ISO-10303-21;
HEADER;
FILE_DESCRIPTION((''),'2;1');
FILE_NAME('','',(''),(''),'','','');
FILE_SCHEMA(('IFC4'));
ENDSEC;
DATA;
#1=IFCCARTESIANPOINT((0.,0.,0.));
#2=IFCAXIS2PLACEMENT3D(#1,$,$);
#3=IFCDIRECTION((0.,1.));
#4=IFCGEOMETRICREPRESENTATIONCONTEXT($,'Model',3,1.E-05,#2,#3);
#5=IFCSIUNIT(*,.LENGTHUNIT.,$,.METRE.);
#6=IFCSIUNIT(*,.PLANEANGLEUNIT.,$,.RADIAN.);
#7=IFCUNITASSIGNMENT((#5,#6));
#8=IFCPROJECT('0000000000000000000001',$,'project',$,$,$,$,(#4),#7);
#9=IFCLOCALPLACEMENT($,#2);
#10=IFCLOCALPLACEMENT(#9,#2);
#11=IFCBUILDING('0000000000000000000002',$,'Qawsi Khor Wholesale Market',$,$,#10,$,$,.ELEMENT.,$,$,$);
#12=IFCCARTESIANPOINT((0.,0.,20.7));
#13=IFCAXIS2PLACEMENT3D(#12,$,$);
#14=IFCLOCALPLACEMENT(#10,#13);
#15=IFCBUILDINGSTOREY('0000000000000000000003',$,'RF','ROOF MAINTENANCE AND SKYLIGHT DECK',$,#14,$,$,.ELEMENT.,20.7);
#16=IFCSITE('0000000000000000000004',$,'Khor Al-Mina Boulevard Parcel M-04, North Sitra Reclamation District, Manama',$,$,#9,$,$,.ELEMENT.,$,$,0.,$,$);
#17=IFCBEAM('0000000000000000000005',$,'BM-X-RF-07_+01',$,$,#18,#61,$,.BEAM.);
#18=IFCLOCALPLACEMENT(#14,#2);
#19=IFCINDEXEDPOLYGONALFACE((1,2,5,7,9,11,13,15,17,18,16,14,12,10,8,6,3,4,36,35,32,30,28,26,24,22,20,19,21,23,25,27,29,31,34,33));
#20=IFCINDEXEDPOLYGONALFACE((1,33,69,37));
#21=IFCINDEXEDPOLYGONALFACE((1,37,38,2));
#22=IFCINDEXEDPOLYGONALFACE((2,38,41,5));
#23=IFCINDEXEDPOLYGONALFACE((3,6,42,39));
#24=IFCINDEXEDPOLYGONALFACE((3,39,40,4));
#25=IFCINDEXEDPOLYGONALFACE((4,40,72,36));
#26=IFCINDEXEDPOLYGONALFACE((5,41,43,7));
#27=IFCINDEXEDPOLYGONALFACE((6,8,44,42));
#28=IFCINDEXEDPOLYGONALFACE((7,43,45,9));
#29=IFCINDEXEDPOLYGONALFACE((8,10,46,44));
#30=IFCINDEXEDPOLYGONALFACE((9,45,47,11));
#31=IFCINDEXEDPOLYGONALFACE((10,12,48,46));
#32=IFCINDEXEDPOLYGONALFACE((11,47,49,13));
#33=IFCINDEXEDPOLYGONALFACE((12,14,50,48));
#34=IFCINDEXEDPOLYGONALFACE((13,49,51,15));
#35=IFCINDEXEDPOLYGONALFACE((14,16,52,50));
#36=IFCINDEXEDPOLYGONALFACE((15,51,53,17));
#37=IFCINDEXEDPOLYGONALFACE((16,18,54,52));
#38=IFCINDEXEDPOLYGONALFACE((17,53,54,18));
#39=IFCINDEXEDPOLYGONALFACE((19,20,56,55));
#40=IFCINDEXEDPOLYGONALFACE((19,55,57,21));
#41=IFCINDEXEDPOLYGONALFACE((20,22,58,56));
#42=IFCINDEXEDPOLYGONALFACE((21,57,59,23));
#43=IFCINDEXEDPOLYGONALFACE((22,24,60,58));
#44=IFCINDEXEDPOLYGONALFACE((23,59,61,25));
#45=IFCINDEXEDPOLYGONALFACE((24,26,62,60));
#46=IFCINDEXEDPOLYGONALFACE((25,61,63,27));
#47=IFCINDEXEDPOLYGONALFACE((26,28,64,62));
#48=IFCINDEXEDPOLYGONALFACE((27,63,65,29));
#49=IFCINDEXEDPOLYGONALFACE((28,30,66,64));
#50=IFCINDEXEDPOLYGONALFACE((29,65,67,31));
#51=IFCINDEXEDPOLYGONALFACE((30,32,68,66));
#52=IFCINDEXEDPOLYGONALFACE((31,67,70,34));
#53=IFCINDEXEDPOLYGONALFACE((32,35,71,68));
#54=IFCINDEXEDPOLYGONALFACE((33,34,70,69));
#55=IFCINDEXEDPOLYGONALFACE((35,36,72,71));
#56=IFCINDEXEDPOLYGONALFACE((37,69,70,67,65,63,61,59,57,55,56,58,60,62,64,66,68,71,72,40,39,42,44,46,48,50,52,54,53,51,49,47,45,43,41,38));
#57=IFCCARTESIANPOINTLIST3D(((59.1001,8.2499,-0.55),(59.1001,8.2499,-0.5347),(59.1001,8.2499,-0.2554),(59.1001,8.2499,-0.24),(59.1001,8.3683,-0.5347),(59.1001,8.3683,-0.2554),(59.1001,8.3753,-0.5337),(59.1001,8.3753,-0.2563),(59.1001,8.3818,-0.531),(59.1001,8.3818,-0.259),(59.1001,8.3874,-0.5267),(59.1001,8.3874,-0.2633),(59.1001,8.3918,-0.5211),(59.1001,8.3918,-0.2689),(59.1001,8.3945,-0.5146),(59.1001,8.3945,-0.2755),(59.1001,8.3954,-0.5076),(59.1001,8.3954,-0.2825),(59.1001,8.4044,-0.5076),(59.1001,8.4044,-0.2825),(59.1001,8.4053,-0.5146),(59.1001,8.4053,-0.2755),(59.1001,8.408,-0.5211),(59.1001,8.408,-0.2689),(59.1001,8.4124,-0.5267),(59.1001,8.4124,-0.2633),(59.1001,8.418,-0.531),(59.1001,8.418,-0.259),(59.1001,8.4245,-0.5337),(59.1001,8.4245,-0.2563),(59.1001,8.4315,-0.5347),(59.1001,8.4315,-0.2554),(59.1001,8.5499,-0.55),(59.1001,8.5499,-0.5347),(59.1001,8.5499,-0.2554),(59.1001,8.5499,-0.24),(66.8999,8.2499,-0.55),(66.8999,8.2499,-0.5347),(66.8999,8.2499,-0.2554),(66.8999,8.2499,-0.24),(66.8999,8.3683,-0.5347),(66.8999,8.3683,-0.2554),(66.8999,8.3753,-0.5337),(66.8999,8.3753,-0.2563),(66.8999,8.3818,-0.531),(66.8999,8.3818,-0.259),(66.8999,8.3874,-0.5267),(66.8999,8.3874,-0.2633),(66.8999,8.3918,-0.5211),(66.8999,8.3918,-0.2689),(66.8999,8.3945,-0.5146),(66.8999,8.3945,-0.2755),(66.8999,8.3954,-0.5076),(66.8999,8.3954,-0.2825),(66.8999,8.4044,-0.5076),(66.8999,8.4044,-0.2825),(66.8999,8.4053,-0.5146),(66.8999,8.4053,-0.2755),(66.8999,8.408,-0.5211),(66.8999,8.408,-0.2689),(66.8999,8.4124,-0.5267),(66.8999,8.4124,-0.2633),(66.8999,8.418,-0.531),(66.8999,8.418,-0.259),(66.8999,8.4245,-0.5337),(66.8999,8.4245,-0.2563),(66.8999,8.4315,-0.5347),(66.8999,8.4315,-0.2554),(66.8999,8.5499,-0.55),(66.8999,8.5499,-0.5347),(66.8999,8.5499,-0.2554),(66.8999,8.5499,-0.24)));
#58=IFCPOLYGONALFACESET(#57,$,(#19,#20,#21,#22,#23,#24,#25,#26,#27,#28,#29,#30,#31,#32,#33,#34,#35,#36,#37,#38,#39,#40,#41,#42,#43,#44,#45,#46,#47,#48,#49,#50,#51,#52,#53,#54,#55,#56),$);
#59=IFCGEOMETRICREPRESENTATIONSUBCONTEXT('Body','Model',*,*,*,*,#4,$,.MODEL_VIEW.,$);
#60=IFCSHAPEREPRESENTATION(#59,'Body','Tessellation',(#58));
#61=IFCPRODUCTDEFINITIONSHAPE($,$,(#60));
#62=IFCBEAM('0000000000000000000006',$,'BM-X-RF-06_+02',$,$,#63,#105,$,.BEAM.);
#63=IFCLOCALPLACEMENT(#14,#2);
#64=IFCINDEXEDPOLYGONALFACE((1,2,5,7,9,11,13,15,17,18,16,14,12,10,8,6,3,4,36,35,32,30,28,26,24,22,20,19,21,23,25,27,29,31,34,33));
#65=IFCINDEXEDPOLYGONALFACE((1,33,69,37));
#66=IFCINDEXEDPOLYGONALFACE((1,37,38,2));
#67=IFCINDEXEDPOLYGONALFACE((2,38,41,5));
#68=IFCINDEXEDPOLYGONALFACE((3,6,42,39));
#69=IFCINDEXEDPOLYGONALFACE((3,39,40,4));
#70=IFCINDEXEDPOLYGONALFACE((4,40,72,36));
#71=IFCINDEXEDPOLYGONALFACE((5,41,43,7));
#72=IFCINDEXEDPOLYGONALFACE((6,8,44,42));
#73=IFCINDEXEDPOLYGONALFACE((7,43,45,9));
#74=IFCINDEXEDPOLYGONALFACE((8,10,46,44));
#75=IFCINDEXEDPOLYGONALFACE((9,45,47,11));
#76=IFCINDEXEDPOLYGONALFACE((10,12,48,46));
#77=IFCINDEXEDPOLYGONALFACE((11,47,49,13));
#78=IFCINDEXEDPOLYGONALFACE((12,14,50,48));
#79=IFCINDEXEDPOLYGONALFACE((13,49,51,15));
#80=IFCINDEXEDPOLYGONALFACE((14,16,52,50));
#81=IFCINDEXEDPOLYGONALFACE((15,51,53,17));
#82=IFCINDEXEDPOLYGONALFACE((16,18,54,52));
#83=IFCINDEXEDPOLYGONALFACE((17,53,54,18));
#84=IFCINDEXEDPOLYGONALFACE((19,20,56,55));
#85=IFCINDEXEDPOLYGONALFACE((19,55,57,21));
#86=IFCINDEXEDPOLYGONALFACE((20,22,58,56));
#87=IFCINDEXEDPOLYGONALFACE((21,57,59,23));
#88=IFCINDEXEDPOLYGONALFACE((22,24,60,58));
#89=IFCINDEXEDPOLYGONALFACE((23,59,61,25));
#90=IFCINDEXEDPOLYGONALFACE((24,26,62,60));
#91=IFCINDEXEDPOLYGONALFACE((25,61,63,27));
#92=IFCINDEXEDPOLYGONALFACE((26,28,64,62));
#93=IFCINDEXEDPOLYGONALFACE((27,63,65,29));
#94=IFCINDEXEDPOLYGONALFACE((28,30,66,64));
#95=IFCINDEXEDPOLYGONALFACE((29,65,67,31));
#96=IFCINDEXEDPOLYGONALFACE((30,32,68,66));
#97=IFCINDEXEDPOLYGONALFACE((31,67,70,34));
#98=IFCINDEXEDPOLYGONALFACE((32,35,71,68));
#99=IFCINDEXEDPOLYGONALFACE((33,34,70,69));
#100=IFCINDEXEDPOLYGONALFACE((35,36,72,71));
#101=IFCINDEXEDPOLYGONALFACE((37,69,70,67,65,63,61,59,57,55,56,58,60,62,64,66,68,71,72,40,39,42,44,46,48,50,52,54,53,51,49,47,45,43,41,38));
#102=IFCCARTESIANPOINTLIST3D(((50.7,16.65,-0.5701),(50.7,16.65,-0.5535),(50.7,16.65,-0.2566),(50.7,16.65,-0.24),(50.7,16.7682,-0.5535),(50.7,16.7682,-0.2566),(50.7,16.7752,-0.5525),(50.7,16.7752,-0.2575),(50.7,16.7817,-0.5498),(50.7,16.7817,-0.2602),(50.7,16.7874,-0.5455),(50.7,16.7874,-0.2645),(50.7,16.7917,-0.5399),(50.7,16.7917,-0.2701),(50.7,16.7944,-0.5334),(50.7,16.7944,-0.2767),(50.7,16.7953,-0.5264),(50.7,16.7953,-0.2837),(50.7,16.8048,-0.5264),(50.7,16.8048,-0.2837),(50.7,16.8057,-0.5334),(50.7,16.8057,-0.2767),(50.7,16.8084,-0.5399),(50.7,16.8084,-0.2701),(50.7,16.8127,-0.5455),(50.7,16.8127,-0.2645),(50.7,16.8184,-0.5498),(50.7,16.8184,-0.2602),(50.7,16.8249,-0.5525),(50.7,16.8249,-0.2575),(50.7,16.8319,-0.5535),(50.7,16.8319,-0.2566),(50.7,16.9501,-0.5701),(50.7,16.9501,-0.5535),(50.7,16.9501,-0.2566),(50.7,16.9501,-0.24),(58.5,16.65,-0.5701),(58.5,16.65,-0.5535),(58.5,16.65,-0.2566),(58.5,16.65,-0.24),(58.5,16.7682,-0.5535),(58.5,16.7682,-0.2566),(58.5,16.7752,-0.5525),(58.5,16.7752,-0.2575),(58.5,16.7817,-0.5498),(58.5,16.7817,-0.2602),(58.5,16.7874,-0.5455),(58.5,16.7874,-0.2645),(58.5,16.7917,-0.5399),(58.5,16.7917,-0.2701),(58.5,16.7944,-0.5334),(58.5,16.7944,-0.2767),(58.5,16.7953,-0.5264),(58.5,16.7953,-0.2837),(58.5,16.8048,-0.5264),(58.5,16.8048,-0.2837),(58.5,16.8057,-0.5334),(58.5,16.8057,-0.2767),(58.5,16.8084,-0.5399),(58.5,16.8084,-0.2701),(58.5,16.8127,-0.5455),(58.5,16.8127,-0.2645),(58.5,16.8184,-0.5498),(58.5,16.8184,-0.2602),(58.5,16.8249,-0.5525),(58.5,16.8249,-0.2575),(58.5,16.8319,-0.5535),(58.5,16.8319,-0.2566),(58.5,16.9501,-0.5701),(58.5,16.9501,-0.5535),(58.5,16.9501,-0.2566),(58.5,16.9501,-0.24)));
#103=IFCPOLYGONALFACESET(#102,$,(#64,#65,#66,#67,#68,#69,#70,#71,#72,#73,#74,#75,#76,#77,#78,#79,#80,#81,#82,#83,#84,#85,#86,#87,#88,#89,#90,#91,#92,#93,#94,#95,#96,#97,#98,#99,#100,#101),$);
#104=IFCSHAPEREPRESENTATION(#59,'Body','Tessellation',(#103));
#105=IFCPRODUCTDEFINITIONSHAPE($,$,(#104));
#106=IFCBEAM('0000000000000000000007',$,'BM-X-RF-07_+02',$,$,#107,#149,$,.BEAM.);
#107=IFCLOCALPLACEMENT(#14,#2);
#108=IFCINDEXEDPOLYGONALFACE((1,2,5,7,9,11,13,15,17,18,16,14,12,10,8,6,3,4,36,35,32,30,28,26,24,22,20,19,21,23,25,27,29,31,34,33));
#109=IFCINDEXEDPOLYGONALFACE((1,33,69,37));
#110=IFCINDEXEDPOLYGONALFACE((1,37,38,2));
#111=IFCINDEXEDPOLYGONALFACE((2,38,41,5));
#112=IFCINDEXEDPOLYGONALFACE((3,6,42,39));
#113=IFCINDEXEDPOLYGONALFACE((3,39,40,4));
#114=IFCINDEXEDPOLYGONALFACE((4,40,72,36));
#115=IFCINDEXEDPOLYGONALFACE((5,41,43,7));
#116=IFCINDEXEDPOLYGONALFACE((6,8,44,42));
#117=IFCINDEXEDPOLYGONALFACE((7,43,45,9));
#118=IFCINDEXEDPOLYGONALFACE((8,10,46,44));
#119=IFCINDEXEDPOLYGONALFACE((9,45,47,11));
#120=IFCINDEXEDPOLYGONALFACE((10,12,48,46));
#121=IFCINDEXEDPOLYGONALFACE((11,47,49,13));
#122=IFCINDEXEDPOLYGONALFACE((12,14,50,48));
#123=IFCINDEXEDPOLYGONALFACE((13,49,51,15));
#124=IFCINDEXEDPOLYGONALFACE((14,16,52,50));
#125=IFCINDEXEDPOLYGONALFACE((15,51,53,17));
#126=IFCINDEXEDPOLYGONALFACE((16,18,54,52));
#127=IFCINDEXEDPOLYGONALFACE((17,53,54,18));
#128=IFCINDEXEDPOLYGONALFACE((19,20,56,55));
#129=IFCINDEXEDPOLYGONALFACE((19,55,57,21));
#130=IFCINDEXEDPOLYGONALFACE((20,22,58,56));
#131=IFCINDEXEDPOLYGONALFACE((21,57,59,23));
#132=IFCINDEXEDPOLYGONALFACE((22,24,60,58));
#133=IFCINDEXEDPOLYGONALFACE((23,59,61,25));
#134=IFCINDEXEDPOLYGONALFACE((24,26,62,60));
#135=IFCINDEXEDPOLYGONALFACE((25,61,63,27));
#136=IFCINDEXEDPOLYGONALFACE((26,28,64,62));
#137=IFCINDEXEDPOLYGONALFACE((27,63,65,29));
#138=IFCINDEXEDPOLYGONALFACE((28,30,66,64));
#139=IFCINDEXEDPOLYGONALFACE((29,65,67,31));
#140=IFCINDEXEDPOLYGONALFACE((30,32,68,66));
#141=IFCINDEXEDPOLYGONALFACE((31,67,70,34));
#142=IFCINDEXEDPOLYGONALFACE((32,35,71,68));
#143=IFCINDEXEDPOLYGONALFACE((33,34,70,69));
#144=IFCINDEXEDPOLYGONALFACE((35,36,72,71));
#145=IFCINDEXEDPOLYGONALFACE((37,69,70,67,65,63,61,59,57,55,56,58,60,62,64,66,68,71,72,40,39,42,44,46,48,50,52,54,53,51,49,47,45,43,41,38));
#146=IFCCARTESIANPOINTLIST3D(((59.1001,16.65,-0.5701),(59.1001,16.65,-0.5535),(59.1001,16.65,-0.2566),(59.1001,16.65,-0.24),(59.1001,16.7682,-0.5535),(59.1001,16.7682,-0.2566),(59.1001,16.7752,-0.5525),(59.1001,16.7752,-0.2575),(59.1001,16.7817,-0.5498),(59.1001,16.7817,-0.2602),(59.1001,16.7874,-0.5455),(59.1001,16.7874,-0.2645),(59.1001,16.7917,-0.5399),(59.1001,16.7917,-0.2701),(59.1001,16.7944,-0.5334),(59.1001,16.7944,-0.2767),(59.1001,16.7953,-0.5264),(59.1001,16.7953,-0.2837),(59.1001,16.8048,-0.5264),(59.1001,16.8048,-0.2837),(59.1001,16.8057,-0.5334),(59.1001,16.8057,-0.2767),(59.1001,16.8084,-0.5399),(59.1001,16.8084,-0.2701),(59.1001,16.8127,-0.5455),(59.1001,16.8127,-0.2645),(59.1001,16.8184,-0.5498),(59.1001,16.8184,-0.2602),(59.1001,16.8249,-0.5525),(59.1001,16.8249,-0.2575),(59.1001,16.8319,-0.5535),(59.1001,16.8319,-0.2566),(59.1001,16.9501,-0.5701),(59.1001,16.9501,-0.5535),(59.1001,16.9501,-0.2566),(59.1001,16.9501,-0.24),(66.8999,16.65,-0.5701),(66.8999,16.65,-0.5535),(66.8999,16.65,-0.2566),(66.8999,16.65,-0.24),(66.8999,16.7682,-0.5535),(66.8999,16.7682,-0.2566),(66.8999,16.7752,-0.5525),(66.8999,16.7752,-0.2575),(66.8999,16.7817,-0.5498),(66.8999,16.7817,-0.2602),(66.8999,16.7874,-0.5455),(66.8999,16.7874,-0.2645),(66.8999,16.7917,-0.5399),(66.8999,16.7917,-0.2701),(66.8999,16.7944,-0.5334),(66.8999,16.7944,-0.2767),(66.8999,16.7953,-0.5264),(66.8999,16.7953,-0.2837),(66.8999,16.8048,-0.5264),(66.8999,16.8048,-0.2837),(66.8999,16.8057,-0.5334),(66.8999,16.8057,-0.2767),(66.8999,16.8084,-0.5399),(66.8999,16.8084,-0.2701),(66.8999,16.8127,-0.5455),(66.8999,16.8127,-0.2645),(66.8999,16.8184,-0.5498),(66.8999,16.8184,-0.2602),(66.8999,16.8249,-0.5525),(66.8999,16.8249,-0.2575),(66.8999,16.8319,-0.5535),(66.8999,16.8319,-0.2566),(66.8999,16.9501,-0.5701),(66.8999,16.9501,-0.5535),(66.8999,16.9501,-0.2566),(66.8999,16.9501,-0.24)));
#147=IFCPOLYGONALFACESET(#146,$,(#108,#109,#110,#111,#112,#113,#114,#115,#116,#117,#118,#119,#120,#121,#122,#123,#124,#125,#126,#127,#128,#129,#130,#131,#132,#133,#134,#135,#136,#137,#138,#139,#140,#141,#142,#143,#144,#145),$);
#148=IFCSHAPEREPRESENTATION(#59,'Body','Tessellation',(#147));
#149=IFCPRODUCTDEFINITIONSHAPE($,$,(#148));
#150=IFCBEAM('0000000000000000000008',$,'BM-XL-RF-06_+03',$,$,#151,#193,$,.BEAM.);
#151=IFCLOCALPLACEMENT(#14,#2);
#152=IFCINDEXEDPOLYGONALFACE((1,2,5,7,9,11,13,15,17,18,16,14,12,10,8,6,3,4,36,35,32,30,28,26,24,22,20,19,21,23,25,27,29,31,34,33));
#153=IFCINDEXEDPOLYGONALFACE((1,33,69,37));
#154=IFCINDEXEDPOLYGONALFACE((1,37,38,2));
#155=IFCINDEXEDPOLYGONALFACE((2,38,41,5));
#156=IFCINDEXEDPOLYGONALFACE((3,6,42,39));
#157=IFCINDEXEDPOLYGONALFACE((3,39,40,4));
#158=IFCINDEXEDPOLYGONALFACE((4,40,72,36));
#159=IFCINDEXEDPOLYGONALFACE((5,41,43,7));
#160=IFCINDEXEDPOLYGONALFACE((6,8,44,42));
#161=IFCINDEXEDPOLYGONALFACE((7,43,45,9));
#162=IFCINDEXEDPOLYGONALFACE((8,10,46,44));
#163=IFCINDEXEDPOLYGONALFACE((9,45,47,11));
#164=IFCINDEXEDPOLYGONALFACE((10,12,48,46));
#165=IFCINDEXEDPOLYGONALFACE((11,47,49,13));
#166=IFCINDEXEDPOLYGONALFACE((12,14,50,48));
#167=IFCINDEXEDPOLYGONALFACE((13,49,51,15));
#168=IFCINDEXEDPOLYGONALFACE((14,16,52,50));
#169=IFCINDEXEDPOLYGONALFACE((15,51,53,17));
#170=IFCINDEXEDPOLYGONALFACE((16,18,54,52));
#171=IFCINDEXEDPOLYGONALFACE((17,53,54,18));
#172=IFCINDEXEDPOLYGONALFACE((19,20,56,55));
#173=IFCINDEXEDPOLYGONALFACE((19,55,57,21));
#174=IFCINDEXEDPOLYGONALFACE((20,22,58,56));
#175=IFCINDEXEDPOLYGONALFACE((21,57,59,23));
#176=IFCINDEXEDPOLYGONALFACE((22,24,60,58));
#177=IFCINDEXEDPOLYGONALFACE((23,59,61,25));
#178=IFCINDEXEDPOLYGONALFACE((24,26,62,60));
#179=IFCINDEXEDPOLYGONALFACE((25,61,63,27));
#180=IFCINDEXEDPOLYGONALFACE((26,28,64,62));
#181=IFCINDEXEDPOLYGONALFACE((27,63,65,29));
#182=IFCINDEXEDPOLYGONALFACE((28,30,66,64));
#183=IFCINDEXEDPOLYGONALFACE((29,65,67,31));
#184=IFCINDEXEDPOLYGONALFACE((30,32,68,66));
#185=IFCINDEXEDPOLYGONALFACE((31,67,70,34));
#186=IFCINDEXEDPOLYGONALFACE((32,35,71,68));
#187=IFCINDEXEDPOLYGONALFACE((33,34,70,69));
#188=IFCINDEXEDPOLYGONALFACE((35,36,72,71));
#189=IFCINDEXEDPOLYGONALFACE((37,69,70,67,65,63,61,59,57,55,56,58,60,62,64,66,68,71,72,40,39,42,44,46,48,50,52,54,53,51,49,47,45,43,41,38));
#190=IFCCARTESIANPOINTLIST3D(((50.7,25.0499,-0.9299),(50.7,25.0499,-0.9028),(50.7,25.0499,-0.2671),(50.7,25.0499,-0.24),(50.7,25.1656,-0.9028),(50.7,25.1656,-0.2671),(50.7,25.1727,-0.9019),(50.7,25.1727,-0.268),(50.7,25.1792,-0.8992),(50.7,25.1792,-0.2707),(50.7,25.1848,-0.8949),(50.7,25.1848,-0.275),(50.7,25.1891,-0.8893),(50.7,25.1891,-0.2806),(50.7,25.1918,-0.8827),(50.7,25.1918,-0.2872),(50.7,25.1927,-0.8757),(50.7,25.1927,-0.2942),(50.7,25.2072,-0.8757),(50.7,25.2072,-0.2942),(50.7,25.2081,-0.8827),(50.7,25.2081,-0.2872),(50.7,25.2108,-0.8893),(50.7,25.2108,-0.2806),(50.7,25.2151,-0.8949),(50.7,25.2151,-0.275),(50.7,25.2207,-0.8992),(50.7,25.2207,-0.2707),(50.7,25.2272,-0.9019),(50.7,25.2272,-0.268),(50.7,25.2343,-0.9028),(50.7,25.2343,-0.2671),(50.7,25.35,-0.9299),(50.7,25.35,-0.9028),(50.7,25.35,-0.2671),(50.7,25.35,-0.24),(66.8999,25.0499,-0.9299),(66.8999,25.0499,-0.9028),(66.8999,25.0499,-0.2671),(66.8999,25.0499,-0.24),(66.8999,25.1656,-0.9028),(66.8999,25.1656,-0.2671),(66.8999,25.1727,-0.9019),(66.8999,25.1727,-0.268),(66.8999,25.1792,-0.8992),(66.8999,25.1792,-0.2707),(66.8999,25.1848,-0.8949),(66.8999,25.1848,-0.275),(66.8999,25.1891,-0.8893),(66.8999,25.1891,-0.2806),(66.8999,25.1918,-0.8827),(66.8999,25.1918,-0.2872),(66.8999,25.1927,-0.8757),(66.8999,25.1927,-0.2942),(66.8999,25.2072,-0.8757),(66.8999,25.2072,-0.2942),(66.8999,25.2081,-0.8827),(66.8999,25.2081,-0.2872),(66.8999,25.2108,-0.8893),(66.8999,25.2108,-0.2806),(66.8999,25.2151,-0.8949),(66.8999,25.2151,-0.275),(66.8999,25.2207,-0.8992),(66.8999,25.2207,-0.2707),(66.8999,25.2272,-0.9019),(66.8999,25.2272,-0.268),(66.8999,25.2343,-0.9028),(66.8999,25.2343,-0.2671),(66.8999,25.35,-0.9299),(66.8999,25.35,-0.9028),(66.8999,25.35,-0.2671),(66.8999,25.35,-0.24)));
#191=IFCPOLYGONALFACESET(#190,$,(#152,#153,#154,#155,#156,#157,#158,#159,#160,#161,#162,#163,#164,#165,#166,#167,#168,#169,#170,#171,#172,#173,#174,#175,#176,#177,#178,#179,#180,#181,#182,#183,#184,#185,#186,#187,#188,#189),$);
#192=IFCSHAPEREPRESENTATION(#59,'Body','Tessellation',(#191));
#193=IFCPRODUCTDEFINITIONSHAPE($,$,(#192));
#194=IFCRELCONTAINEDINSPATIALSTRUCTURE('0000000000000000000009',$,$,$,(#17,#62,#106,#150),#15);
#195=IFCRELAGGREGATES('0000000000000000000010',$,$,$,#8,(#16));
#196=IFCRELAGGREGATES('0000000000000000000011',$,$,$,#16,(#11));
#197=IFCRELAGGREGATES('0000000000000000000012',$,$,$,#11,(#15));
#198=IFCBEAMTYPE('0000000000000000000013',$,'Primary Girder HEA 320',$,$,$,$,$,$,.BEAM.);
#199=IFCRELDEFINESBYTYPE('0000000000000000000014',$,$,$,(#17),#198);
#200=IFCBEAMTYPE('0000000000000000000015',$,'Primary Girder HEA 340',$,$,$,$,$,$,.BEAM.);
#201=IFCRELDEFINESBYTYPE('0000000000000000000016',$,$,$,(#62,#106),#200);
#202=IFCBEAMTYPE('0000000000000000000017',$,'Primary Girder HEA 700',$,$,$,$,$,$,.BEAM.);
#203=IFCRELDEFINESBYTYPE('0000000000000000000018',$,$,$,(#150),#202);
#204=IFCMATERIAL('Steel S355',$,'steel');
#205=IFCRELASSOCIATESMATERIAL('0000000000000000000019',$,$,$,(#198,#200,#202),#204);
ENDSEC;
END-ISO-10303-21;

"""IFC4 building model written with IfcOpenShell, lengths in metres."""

from ifc_helpers import new_model, si_unit, direction, frame, origin, origin_2d, place, context, subcontext, project, spatial, i_section, extrude, material, material_profile, profile_set, type_object, element, save


model = new_model("IFC4")

# Units and contexts
model_context = context("Model", 3, precision=1e-05, world=origin(), true_north=direction((0.0, 1.0)))
body_context = subcontext(model_context, "Body", "Model", "MODEL_VIEW")
ifc_project = project(units=[si_unit("LENGTHUNIT", "METRE"), si_unit("PLANEANGLEUNIT", "RADIAN")], contexts=[model_context])

# Site, building, storey
site_placement = place(None, origin())
site = spatial("IfcSite", under=ifc_project, at=site_placement, Name="Khor Al-Mina Boulevard Parcel M-04, North Sitra Reclamation District, Manama", CompositionType="ELEMENT", RefElevation=0.0)
building_placement = place(site_placement, origin())
building = spatial("IfcBuilding", under=site, at=building_placement, Name="Qawsi Khor Wholesale Market", CompositionType="ELEMENT")
storey_placement = place(building_placement, frame((0.0, 0.0, 20.7)))
storey = spatial("IfcBuildingStorey", under=building, at=storey_placement, Name="RF", Description="ROOF MAINTENANCE AND SKYLIGHT DECK", CompositionType="ELEMENT", Elevation=20.7)

# Beams
ifc_material_1 = material(Name="Steel S355", Category="steel")
ifc_material_profile_1 = material_profile(ifc_material_1, i_section(OverallWidth=0.3, OverallDepth=0.3101, WebThickness=0.009, FlangeThickness=0.0154, FilletRadius=0.0271, at=origin_2d()), Name="HEA 320")
ifc_profile_set_1 = profile_set([ifc_material_profile_1], Name="Steel S355")
beam_type_1 = type_object("IfcBeamType", Name="Primary Girder HEA 320", PredefinedType="BEAM", material=ifc_profile_set_1)
beam_1_placement = place(storey_placement, frame((59.1001, 8.3999, -0.395), z_axis=(1.0, 0.0, 0.0), x_axis=(0.0, 1.0, 0.0)))
element("IfcBeam", 1, at=beam_1_placement, inside=storey, type_object=beam_type_1, Name="BM-X-RF-07_+01", PredefinedType="BEAM", context=body_context, shape_type="SweptSolid", body=[
    extrude(i_section(OverallWidth=0.3, OverallDepth=0.3101, WebThickness=0.009, FlangeThickness=0.0154, FilletRadius=0.0271, at=origin_2d()), origin(), (0.0, 0.0, 1.0), 7.7998),
])
ifc_material_profile_2 = material_profile(ifc_material_1, i_section(OverallWidth=0.3, OverallDepth=0.3301, WebThickness=0.0095, FlangeThickness=0.0166, FilletRadius=0.0271, at=origin_2d()), Name="HEA 340")
ifc_profile_set_2 = profile_set([ifc_material_profile_2], Name="Steel S355")
beam_type_2 = type_object("IfcBeamType", Name="Primary Girder HEA 340", PredefinedType="BEAM", material=ifc_profile_set_2)
beam_2_placement = place(storey_placement, frame((50.7, 16.8, -0.405), z_axis=(1.0, 0.0, 0.0), x_axis=(0.0, 1.0, 0.0)))
element("IfcBeam", 2, at=beam_2_placement, inside=storey, type_object=beam_type_2, Name="BM-X-RF-06_+02", PredefinedType="BEAM", context=body_context, shape_type="SweptSolid", body=[
    extrude(i_section(OverallWidth=0.3, OverallDepth=0.3301, WebThickness=0.0095, FlangeThickness=0.0166, FilletRadius=0.0271, at=origin_2d()), origin(), (0.0, 0.0, 1.0), 7.8),
])
beam_3_placement = place(storey_placement, frame((59.1001, 16.8, -0.405), z_axis=(1.0, 0.0, 0.0), x_axis=(0.0, 1.0, 0.0)))
element("IfcBeam", 3, at=beam_3_placement, inside=storey, type_object=beam_type_2, Name="BM-X-RF-07_+02", PredefinedType="BEAM", context=body_context, shape_type="SweptSolid", body=[
    extrude(i_section(OverallWidth=0.3, OverallDepth=0.3301, WebThickness=0.0095, FlangeThickness=0.0166, FilletRadius=0.0271, at=origin_2d()), origin(), (0.0, 0.0, 1.0), 7.7998),
])
ifc_material_profile_3 = material_profile(ifc_material_1, i_section(OverallWidth=0.3, OverallDepth=0.6899, WebThickness=0.0144, FlangeThickness=0.0271, FilletRadius=0.0271, at=origin_2d()), Name="HEA 700")
ifc_profile_set_3 = profile_set([ifc_material_profile_3], Name="Steel S355")
beam_type_3 = type_object("IfcBeamType", Name="Primary Girder HEA 700", PredefinedType="BEAM", material=ifc_profile_set_3)
beam_4_placement = place(storey_placement, frame((50.7, 25.2, -0.585), z_axis=(1.0, 0.0, 0.0), x_axis=(0.0, 1.0, 0.0)))
element("IfcBeam", 4, at=beam_4_placement, inside=storey, type_object=beam_type_3, Name="BM-XL-RF-06_+03", PredefinedType="BEAM", context=body_context, shape_type="SweptSolid", body=[
    extrude(i_section(OverallWidth=0.3, OverallDepth=0.6899, WebThickness=0.0144, FlangeThickness=0.0271, FilletRadius=0.0271, at=origin_2d()), origin(), (0.0, 0.0, 1.0), 16.2),
])

save(model, "model.ifc")
